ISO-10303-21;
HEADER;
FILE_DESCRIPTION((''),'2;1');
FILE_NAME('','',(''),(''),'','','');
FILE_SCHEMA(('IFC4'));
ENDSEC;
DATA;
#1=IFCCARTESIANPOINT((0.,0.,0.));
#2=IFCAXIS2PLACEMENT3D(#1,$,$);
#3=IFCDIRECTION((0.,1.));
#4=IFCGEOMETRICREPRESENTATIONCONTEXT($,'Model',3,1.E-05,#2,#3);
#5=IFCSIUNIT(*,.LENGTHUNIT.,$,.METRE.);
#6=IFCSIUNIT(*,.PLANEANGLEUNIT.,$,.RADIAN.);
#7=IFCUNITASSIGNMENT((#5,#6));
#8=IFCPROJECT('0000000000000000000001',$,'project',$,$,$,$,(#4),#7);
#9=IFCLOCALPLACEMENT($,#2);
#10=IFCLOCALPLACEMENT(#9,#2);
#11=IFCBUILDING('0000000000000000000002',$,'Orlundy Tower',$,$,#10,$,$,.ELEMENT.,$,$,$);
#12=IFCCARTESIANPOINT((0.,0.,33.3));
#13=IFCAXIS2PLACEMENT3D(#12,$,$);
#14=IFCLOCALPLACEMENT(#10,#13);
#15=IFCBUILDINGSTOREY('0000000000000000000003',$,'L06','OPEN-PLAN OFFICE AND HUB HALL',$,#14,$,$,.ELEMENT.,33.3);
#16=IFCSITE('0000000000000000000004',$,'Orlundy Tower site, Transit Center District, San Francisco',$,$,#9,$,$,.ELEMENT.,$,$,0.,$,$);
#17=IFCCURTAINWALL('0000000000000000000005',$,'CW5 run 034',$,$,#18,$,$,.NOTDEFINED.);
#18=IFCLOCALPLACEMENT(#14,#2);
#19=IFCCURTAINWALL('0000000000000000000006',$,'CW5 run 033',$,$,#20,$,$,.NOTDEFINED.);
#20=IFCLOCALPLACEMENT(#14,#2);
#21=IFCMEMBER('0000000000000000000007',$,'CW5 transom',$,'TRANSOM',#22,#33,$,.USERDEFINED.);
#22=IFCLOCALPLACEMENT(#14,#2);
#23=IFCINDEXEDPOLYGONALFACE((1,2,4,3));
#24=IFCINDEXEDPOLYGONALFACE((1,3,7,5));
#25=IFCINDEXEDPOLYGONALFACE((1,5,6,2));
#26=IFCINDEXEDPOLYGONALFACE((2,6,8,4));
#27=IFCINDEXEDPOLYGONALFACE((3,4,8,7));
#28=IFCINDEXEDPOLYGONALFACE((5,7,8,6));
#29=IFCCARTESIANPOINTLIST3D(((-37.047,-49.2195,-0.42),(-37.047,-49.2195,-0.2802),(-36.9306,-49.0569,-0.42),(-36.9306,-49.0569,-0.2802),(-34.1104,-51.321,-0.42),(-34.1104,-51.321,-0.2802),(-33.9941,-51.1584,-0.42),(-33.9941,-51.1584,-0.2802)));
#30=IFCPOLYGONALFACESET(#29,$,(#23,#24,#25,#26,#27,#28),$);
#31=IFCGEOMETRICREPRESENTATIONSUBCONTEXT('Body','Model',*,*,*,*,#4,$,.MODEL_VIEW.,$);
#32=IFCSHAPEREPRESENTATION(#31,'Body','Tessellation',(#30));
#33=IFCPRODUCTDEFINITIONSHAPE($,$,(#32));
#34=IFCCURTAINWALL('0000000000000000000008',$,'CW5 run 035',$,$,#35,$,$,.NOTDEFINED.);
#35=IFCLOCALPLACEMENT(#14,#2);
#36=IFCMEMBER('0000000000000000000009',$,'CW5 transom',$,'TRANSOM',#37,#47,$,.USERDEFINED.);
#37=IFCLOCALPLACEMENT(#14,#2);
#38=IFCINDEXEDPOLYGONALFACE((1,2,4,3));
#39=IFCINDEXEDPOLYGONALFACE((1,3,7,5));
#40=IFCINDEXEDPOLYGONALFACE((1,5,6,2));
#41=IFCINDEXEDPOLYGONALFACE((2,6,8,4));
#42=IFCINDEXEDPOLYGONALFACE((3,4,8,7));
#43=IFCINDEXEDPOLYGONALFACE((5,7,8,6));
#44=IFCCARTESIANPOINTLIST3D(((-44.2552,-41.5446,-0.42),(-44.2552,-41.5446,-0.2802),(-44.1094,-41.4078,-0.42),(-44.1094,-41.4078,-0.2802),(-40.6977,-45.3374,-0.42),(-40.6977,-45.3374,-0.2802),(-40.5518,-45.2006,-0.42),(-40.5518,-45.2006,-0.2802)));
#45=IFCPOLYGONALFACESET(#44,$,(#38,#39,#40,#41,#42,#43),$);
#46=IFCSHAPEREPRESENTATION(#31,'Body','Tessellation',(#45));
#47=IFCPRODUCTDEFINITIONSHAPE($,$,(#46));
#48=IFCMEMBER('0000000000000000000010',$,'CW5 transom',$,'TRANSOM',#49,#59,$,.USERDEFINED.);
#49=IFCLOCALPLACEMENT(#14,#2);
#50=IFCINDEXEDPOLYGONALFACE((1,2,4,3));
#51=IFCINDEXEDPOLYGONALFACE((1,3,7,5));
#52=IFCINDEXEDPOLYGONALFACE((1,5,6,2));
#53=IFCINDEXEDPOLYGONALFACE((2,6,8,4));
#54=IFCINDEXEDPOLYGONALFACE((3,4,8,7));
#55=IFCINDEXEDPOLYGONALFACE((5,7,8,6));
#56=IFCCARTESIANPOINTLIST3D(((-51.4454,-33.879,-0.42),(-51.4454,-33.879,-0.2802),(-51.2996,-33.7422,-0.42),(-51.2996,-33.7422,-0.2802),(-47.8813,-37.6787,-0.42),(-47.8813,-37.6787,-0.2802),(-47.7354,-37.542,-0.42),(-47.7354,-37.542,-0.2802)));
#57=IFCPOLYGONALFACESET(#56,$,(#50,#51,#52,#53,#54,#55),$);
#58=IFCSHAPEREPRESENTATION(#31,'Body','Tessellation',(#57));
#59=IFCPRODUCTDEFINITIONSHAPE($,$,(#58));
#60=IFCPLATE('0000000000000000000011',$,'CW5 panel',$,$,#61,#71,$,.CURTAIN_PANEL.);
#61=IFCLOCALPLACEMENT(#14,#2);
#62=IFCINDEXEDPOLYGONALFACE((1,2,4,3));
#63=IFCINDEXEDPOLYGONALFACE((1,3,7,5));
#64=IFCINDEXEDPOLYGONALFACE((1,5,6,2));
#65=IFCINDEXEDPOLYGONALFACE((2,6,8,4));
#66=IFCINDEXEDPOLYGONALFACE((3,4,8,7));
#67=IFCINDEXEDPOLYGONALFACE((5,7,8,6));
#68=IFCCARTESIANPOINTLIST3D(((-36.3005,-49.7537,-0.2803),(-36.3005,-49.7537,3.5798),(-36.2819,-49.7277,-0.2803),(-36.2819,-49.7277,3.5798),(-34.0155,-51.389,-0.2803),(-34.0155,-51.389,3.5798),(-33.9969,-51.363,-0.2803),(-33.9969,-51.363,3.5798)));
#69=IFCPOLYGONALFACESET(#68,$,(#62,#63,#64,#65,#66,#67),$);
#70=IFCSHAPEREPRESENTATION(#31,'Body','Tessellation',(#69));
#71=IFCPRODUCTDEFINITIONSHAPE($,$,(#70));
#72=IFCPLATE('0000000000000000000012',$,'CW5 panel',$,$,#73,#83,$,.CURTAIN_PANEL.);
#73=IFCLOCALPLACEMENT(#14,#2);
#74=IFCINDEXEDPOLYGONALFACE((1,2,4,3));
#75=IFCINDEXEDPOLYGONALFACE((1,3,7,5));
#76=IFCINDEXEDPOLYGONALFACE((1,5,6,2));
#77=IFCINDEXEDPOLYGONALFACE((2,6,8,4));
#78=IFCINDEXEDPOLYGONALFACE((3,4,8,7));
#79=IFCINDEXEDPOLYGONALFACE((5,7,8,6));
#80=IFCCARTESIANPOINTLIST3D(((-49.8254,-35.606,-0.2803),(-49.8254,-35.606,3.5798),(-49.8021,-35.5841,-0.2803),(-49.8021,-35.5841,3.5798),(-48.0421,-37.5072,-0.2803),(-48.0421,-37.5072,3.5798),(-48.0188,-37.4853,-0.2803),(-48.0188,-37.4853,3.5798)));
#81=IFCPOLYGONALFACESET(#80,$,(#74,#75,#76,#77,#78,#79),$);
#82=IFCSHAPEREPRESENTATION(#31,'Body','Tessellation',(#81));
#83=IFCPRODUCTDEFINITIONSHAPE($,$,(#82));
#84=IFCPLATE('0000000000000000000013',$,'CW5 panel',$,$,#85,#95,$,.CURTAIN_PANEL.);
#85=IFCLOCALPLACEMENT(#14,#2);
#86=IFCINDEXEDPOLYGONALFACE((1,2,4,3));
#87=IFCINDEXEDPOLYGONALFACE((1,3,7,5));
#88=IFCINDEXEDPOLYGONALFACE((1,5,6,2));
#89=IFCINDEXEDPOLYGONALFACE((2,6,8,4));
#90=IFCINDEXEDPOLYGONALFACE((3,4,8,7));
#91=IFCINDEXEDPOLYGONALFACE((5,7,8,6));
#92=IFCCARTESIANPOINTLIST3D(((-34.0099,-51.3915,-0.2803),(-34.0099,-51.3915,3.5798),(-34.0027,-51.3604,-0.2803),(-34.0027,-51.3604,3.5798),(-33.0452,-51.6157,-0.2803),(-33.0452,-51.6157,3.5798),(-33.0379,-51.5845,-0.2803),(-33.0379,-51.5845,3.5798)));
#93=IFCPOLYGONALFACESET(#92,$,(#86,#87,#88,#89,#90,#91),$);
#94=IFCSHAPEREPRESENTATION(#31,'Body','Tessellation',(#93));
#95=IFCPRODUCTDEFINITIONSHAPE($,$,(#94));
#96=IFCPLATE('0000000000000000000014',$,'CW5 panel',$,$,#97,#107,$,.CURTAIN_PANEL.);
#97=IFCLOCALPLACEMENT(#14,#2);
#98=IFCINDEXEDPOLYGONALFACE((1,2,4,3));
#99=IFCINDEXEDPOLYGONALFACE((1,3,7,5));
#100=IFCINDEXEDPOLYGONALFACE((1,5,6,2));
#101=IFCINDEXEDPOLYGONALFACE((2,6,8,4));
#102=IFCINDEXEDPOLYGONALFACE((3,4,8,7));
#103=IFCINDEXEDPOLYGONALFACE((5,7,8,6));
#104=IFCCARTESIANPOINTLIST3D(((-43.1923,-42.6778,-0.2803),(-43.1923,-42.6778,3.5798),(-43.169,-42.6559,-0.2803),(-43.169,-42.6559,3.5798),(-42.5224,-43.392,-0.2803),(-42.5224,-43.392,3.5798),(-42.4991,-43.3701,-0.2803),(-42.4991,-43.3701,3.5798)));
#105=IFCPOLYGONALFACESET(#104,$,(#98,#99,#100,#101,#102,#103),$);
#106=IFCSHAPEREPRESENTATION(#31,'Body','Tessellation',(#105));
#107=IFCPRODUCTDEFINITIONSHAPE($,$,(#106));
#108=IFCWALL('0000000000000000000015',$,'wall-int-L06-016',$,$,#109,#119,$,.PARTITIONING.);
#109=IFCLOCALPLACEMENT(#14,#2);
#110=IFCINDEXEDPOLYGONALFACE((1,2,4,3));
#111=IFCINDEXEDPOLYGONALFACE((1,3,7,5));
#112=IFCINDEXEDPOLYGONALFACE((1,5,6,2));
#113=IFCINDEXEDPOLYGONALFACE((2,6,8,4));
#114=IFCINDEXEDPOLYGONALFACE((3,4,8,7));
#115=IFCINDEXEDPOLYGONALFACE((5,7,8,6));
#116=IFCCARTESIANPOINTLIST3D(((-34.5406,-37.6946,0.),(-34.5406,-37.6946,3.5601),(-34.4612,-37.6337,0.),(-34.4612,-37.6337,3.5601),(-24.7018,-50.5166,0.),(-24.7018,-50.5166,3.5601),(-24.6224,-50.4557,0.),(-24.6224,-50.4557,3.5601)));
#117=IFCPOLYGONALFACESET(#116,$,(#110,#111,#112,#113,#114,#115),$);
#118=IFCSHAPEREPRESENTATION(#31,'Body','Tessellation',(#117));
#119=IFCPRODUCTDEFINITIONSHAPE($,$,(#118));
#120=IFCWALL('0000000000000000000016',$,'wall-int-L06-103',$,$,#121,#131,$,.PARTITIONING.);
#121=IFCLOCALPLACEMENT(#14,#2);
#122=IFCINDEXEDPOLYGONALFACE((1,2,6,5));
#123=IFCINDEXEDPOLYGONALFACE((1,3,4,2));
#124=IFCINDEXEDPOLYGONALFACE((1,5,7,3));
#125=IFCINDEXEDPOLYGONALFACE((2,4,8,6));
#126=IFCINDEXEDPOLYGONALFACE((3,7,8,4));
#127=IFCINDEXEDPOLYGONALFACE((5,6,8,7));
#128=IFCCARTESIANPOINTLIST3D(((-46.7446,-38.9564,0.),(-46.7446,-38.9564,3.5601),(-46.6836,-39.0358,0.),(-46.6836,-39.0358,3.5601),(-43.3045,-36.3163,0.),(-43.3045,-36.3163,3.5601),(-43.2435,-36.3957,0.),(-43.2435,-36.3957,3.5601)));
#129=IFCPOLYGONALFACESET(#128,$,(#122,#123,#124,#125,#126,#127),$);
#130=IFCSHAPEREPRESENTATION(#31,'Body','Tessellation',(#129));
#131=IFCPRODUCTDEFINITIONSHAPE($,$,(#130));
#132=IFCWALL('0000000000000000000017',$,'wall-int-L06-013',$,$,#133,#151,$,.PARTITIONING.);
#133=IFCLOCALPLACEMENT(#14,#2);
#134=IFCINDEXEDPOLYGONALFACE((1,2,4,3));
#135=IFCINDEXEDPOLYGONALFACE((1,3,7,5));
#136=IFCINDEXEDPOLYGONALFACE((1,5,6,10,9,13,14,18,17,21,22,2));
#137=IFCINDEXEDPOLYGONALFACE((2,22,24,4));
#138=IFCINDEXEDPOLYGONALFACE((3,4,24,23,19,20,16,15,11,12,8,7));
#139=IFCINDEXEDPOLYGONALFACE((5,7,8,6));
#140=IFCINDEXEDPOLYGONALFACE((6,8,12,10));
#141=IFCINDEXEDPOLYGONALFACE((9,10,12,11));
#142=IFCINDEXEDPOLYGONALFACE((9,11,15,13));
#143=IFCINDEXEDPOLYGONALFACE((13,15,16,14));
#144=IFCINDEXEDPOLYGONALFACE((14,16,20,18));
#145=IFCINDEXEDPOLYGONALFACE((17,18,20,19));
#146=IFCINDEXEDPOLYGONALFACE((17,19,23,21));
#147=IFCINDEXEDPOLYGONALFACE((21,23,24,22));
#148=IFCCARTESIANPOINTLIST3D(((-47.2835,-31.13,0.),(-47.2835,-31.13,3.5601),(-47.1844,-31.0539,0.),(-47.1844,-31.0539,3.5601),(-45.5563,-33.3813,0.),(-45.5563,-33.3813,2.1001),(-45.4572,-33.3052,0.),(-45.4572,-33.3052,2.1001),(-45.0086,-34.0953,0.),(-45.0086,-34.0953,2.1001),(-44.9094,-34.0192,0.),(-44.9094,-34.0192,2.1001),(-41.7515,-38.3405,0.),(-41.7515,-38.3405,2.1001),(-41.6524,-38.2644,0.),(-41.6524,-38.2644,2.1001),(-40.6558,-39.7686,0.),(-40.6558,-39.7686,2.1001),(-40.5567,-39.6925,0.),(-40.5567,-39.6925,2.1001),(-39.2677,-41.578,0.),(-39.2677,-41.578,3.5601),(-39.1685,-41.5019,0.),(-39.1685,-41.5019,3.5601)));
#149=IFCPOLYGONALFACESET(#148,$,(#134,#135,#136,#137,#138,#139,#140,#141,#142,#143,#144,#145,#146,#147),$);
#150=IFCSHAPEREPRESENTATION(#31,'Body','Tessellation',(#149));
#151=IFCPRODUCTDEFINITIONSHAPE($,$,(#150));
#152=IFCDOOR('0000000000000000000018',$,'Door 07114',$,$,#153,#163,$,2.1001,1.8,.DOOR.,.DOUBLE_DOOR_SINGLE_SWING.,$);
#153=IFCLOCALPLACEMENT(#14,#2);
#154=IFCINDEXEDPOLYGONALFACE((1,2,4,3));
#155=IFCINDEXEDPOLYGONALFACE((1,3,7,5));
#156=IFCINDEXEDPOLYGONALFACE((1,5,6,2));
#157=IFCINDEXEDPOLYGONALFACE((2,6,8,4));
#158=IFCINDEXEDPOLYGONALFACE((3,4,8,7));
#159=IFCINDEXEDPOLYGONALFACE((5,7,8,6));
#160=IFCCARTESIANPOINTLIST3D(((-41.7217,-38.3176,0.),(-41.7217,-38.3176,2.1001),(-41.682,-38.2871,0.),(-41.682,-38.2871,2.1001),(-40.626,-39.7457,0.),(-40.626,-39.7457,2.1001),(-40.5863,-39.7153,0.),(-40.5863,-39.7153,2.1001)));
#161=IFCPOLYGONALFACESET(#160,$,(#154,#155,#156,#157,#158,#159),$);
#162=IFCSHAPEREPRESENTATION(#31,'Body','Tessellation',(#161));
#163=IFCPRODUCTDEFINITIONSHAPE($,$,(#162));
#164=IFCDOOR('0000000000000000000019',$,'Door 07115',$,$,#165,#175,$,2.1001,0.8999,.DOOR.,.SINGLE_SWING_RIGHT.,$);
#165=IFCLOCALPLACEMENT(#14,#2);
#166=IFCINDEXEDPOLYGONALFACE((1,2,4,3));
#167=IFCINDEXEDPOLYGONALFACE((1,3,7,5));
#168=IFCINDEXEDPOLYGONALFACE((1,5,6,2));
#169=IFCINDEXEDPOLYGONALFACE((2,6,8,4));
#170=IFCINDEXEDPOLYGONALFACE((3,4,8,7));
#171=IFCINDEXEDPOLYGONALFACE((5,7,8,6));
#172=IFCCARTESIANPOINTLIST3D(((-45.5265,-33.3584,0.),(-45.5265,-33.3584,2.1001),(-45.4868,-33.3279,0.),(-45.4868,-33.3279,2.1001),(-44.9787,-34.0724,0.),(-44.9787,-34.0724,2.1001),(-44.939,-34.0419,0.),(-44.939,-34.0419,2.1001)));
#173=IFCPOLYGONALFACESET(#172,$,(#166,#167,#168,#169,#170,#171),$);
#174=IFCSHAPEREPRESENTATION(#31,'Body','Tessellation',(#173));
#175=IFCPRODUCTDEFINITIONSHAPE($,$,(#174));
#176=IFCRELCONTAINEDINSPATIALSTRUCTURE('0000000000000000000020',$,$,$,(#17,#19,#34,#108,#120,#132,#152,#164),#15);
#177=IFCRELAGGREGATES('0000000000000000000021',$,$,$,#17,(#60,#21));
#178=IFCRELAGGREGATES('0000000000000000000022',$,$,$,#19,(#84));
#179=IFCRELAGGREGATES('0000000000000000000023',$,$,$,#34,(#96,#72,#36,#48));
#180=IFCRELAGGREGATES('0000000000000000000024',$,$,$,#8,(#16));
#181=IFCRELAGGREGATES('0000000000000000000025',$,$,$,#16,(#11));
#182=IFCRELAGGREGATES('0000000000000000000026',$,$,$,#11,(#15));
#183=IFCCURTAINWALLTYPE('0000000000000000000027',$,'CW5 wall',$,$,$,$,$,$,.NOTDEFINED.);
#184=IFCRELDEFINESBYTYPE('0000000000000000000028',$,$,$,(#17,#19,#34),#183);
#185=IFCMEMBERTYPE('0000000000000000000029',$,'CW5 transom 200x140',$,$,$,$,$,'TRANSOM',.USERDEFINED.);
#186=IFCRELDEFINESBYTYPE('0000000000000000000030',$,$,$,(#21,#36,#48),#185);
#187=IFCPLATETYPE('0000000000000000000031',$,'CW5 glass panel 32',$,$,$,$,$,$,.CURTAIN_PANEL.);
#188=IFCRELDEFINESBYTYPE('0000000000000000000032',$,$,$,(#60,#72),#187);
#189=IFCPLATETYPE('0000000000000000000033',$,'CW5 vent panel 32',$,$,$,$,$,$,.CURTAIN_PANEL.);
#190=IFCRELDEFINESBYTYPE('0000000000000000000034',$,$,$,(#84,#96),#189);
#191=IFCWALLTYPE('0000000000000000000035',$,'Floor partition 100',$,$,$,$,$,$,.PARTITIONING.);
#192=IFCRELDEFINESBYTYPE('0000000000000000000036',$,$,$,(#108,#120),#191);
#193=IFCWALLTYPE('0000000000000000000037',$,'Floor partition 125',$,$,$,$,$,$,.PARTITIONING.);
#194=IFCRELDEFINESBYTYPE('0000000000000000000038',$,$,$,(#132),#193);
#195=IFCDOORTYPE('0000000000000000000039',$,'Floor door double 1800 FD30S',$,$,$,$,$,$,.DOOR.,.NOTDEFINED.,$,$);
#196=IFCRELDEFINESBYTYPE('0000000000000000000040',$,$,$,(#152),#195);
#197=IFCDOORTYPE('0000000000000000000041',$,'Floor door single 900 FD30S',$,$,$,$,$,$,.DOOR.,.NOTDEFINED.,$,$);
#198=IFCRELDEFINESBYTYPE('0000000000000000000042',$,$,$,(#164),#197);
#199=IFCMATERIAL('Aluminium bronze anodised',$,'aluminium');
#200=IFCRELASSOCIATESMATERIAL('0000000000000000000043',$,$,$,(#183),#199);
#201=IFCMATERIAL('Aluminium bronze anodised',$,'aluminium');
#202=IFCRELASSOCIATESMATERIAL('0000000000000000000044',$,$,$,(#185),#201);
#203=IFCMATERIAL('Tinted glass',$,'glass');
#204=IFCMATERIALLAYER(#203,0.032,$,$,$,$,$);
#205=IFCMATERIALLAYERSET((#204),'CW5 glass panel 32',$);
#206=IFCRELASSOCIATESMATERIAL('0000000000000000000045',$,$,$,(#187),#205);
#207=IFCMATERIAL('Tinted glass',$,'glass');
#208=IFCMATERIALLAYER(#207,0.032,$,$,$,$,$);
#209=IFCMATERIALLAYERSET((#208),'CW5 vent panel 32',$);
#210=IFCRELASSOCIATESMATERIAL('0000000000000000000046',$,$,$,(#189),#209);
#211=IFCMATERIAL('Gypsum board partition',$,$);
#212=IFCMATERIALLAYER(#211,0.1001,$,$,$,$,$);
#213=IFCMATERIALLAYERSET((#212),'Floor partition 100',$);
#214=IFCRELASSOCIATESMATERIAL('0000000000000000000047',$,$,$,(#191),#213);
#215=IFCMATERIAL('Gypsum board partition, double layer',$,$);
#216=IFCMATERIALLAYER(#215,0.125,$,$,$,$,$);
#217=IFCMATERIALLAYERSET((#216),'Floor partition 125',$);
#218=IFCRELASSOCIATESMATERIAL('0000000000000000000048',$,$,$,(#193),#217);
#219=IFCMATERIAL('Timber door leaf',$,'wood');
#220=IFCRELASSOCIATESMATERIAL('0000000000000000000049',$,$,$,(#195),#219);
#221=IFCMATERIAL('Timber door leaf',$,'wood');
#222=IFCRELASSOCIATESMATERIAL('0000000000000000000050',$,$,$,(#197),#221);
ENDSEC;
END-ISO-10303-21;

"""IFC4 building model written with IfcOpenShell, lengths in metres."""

from ifc_helpers import new_model, si_unit, direction, frame, frame_2d, origin, origin_2d, place, context, subcontext, project, spatial, rectangle, extrude, material, layer, layer_set, material_profile, profile_set, type_object, element, fill, aggregate, save


model = new_model("IFC4")

# Units and contexts
model_context = context("Model", 3, precision=1e-05, world=origin(), true_north=direction((0.0, 1.0)))
body_context = subcontext(model_context, "Body", "Model", "MODEL_VIEW")
ifc_project = project(units=[si_unit("LENGTHUNIT", "METRE"), si_unit("PLANEANGLEUNIT", "RADIAN")], contexts=[model_context])

# Site, building, storey
site_placement = place(None, origin())
site = spatial("IfcSite", under=ifc_project, at=site_placement, Name="Orlundy Tower site, Transit Center District, San Francisco", CompositionType="ELEMENT", RefElevation=0.0)
building_placement = place(site_placement, origin())
building = spatial("IfcBuilding", under=site, at=building_placement, Name="Orlundy Tower", CompositionType="ELEMENT")
storey_placement = place(building_placement, frame((0.0, 0.0, 33.3)))
storey = spatial("IfcBuildingStorey", under=building, at=storey_placement, Name="L06", Description="OPEN-PLAN OFFICE AND HUB HALL", CompositionType="ELEMENT", Elevation=33.3)

# Curtain walls
ifc_material_1 = material(Name="Aluminium bronze anodised", Category="aluminium")
curtain_wall_type = type_object("IfcCurtainWallType", Name="CW5 wall", PredefinedType="NOTDEFINED", material=ifc_material_1)
curtain_wall_1_placement = place(storey_placement, origin())
curtain_wall_1 = element("IfcCurtainWall", 1, at=curtain_wall_1_placement, inside=storey, type_object=curtain_wall_type, Name="CW5 run 034", PredefinedType="NOTDEFINED")
curtain_wall_2_placement = place(storey_placement, origin())
curtain_wall_2 = element("IfcCurtainWall", 2, at=curtain_wall_2_placement, inside=storey, type_object=curtain_wall_type, Name="CW5 run 033", PredefinedType="NOTDEFINED")
ifc_material_2 = material(Name="Aluminium bronze anodised", Category="aluminium")
ifc_material_profile_1 = material_profile(ifc_material_2, rectangle(XDim=0.2, YDim=0.1399, at=origin_2d()), Name="CW5 transom 200x140")
ifc_profile_set_1 = profile_set([ifc_material_profile_1], Name="Aluminium bronze anodised")
member_type_1 = type_object("IfcMemberType", Name="CW5 transom 200x140", ElementType="TRANSOM", PredefinedType="USERDEFINED", material=ifc_profile_set_1)

# Member
member_1_placement = place(storey_placement, frame((-34.0522, -51.2397, -0.3501), z_axis=(-0.813203, 0.58198, 0.0), x_axis=(-0.58198, -0.813203, 0.0)))
member_1 = element("IfcMember", 3, at=member_1_placement, type_object=member_type_1, Name="CW5 transom", ObjectType="TRANSOM", PredefinedType="USERDEFINED", context=body_context, shape_type="SweptSolid", body=[
    extrude(rectangle(XDim=0.2, YDim=0.1399, at=origin_2d()), origin(), (0.0, 0.0, 1.0), 3.6111),
])

# Curtain wall, members
curtain_wall_3_placement = place(storey_placement, origin())
curtain_wall_3 = element("IfcCurtainWall", 4, at=curtain_wall_3_placement, inside=storey, type_object=curtain_wall_type, Name="CW5 run 035", PredefinedType="NOTDEFINED")
member_2_placement = place(storey_placement, frame((-40.6248, -45.269, -0.3501), z_axis=(-0.684116, 0.729373, 0.0), x_axis=(-0.729373, -0.684116, 0.0)))
member_2 = element("IfcMember", 5, at=member_2_placement, type_object=member_type_1, Name="CW5 transom", ObjectType="TRANSOM", PredefinedType="USERDEFINED", context=body_context, shape_type="SweptSolid", body=[
    extrude(rectangle(XDim=0.2, YDim=0.1399, at=origin_2d()), origin(), (0.0, 0.0, 1.0), 5.2002),
])
member_3_placement = place(storey_placement, frame((-47.8083, -37.6104, -0.3501), z_axis=(-0.684134, 0.729356, 0.0), x_axis=(-0.729356, -0.684134, 0.0)))
member_3 = element("IfcMember", 6, at=member_3_placement, type_object=member_type_1, Name="CW5 transom", ObjectType="TRANSOM", PredefinedType="USERDEFINED", context=body_context, shape_type="SweptSolid", body=[
    extrude(rectangle(XDim=0.2, YDim=0.1399, at=origin_2d()), origin(), (0.0, 0.0, 1.0), 5.2097),
])

# Plates
ifc_material_3 = material(Name="Tinted glass", Category="glass")
ifc_layer_1 = layer(ifc_material_3, 0.032)
ifc_layer_set_1 = layer_set([ifc_layer_1], Name="CW5 glass panel 32")
plate_type_1 = type_object("IfcPlateType", Name="CW5 glass panel 32", PredefinedType="CURTAIN_PANEL", material=ifc_layer_set_1)
plate_1_placement = place(storey_placement, frame((-35.1487, -50.5583, -0.2803), z_axis=(0.0, 0.0, 1.0), x_axis=(-0.813204, 0.581978, 0.0)))
plate_1 = element("IfcPlate", 7, at=plate_1_placement, type_object=plate_type_1, Name="CW5 panel", PredefinedType="CURTAIN_PANEL", context=body_context, shape_type="SweptSolid", body=[
    extrude(rectangle(XDim=2.8098, YDim=0.032, at=origin_2d()), origin(), (0.0, 0.0, 1.0), 3.8601),
])
aggregate(curtain_wall_1, [plate_1, member_1])
plate_2_placement = place(storey_placement, frame((-48.9221, -36.5457, -0.2803), z_axis=(0.0, 0.0, 1.0), x_axis=(-0.684126, 0.729363, 0.0)))
plate_2 = element("IfcPlate", 8, at=plate_2_placement, type_object=plate_type_1, Name="CW5 panel", PredefinedType="CURTAIN_PANEL", context=body_context, shape_type="SweptSolid", body=[
    extrude(rectangle(XDim=2.6067, YDim=0.032, at=origin_2d()), origin(), (0.0, 0.0, 1.0), 3.8601),
])
ifc_material_4 = material(Name="Tinted glass", Category="glass")
ifc_layer_2 = layer(ifc_material_4, 0.032)
ifc_layer_set_2 = layer_set([ifc_layer_2], Name="CW5 vent panel 32")
plate_type_2 = type_object("IfcPlateType", Name="CW5 vent panel 32", PredefinedType="CURTAIN_PANEL", material=ifc_layer_set_2)
plate_3_placement = place(storey_placement, frame((-33.5239, -51.488, -0.2803), z_axis=(0.0, 0.0, 1.0), x_axis=(-0.974054, 0.226317, 0.0)))
plate_3 = element("IfcPlate", 9, at=plate_3_placement, type_object=plate_type_2, Name="CW5 panel", PredefinedType="CURTAIN_PANEL", context=body_context, shape_type="SweptSolid", body=[
    extrude(rectangle(XDim=0.9905, YDim=0.032, at=origin_2d()), origin(), (0.0, 0.0, 1.0), 3.8601),
])
aggregate(curtain_wall_2, [plate_3])
plate_4_placement = place(storey_placement, frame((-42.8457, -43.0239, -0.2803), z_axis=(0.0, 0.0, 1.0), x_axis=(-0.684126, 0.729363, 0.0)))
plate_4 = element("IfcPlate", 10, at=plate_4_placement, type_object=plate_type_2, Name="CW5 panel", PredefinedType="CURTAIN_PANEL", context=body_context, shape_type="SweptSolid", body=[
    extrude(rectangle(XDim=0.9792, YDim=0.032, at=origin_2d()), origin(), (0.0, 0.0, 1.0), 3.8601),
])
aggregate(curtain_wall_3, [plate_4, plate_2, member_2, member_3])

# Walls
ifc_material_5 = material(Name="Gypsum board partition")
ifc_layer_3 = layer(ifc_material_5, 0.1001)
ifc_layer_set_3 = layer_set([ifc_layer_3], Name="Floor partition 100")
wall_type_1 = type_object("IfcWallType", Name="Floor partition 100", PredefinedType="PARTITIONING", material=ifc_layer_set_3)
wall_1_placement = place(storey_placement, frame((-34.501, -37.6641, 0.0), z_axis=(0.0, 0.0, 1.0), x_axis=(0.608769, -0.793348, 0.0)))
element("IfcWall", 11, at=wall_1_placement, inside=storey, type_object=wall_type_1, Name="wall-int-L06-016", PredefinedType="PARTITIONING", context=body_context, shape_type="SweptSolid", body=[
    extrude(rectangle(XDim=16.1619, YDim=0.1001, at=frame_2d((8.0811, 0.0))), origin(), (0.0, 0.0, 1.0), 3.5601),
])
wall_2_placement = place(storey_placement, frame((-46.7141, -38.9961, 0.0), z_axis=(0.0, 0.0, 1.0), x_axis=(0.79331, 0.608818, 0.0)))
element("IfcWall", 12, at=wall_2_placement, inside=storey, type_object=wall_type_1, Name="wall-int-L06-103", PredefinedType="PARTITIONING", context=body_context, shape_type="SweptSolid", body=[
    extrude(rectangle(XDim=4.3364, YDim=0.1001, at=frame_2d((2.1682, 0.0))), origin(), (0.0, 0.0, 1.0), 3.5601),
])

# Wall, openings, doors
ifc_material_6 = material(Name="Gypsum board partition, double layer")
ifc_layer_4 = layer(ifc_material_6, 0.125)
ifc_layer_set_4 = layer_set([ifc_layer_4], Name="Floor partition 125")
wall_type_2 = type_object("IfcWallType", Name="Floor partition 125", PredefinedType="PARTITIONING", material=ifc_layer_set_4)
wall_3_placement = place(storey_placement, frame((-39.218, -41.54, 0.0), z_axis=(0.0, 0.0, 1.0), x_axis=(-0.608706, 0.793396, 0.0)))
wall_3 = element("IfcWall", 13, at=wall_3_placement, inside=storey, type_object=wall_type_2, Name="wall-int-L06-013", PredefinedType="PARTITIONING", context=body_context, shape_type="SweptSolid", body=[
    extrude(rectangle(XDim=13.1687, YDim=0.125, at=frame_2d((6.5845, 0.0))), origin(), (0.0, 0.0, 1.0), 3.5601),
])
opening_1_placement = place(wall_3_placement, frame((2.2808, 0.0, 0.0)))
opening_1 = element("IfcOpeningElement", 14, at=opening_1_placement, cuts=wall_3, PredefinedType="OPENING", context=body_context, shape_type="SweptSolid", body=[
    extrude(rectangle(XDim=1.8, YDim=2.1001, at=frame_2d((0.8999, 1.05))), frame((0.0, 0.0725, 0.0), z_axis=(0.0, -1.0, 0.0), x_axis=(1.0, 0.0, 0.0)), (0.0, 0.0, 1.0), 0.145),
])
opening_2_placement = place(wall_3_placement, frame((9.4314, 0.0, 0.0)))
opening_2 = element("IfcOpeningElement", 15, at=opening_2_placement, cuts=wall_3, PredefinedType="OPENING", context=body_context, shape_type="SweptSolid", body=[
    extrude(rectangle(XDim=0.8999, YDim=2.1001, at=frame_2d((0.45, 1.05))), frame((0.0, 0.0725, 0.0), z_axis=(0.0, -1.0, 0.0), x_axis=(1.0, 0.0, 0.0)), (0.0, 0.0, 1.0), 0.145),
])
ifc_material_7 = material(Name="Timber door leaf", Category="wood")
door_type_1 = type_object("IfcDoorType", Name="Floor door double 1800 FD30S", OperationType="NOTDEFINED", PredefinedType="DOOR", material=ifc_material_7)
door_1_placement = place(opening_1_placement, origin())
door_1 = element("IfcDoor", 16, at=door_1_placement, inside=storey, type_object=door_type_1, Name="Door 07114", OperationType="DOUBLE_DOOR_SINGLE_SWING", OverallHeight=2.1001, OverallWidth=1.8, PredefinedType="DOOR", context=body_context, shape_type="SweptSolid", body=[
    extrude(rectangle(XDim=1.8, YDim=2.1001, at=frame_2d((0.8999, 1.05))), frame((0.0, 0.0249, 0.0), z_axis=(0.0, -1.0, 0.0), x_axis=(1.0, 0.0, 0.0)), (0.0, 0.0, 1.0), 0.05),
])
fill(opening_1, door_1)
ifc_material_8 = material(Name="Timber door leaf", Category="wood")
door_type_2 = type_object("IfcDoorType", Name="Floor door single 900 FD30S", OperationType="NOTDEFINED", PredefinedType="DOOR", material=ifc_material_8)
door_2_placement = place(opening_2_placement, origin())
door_2 = element("IfcDoor", 17, at=door_2_placement, inside=storey, type_object=door_type_2, Name="Door 07115", OperationType="SINGLE_SWING_RIGHT", OverallHeight=2.1001, OverallWidth=0.8999, PredefinedType="DOOR", context=body_context, shape_type="SweptSolid", body=[
    extrude(rectangle(XDim=0.8999, YDim=2.1001, at=frame_2d((0.45, 1.05))), frame((0.0, 0.0249, 0.0), z_axis=(0.0, -1.0, 0.0), x_axis=(1.0, 0.0, 0.0)), (0.0, 0.0, 1.0), 0.05),
])
fill(opening_2, door_2)

save(model, "model.ifc")
